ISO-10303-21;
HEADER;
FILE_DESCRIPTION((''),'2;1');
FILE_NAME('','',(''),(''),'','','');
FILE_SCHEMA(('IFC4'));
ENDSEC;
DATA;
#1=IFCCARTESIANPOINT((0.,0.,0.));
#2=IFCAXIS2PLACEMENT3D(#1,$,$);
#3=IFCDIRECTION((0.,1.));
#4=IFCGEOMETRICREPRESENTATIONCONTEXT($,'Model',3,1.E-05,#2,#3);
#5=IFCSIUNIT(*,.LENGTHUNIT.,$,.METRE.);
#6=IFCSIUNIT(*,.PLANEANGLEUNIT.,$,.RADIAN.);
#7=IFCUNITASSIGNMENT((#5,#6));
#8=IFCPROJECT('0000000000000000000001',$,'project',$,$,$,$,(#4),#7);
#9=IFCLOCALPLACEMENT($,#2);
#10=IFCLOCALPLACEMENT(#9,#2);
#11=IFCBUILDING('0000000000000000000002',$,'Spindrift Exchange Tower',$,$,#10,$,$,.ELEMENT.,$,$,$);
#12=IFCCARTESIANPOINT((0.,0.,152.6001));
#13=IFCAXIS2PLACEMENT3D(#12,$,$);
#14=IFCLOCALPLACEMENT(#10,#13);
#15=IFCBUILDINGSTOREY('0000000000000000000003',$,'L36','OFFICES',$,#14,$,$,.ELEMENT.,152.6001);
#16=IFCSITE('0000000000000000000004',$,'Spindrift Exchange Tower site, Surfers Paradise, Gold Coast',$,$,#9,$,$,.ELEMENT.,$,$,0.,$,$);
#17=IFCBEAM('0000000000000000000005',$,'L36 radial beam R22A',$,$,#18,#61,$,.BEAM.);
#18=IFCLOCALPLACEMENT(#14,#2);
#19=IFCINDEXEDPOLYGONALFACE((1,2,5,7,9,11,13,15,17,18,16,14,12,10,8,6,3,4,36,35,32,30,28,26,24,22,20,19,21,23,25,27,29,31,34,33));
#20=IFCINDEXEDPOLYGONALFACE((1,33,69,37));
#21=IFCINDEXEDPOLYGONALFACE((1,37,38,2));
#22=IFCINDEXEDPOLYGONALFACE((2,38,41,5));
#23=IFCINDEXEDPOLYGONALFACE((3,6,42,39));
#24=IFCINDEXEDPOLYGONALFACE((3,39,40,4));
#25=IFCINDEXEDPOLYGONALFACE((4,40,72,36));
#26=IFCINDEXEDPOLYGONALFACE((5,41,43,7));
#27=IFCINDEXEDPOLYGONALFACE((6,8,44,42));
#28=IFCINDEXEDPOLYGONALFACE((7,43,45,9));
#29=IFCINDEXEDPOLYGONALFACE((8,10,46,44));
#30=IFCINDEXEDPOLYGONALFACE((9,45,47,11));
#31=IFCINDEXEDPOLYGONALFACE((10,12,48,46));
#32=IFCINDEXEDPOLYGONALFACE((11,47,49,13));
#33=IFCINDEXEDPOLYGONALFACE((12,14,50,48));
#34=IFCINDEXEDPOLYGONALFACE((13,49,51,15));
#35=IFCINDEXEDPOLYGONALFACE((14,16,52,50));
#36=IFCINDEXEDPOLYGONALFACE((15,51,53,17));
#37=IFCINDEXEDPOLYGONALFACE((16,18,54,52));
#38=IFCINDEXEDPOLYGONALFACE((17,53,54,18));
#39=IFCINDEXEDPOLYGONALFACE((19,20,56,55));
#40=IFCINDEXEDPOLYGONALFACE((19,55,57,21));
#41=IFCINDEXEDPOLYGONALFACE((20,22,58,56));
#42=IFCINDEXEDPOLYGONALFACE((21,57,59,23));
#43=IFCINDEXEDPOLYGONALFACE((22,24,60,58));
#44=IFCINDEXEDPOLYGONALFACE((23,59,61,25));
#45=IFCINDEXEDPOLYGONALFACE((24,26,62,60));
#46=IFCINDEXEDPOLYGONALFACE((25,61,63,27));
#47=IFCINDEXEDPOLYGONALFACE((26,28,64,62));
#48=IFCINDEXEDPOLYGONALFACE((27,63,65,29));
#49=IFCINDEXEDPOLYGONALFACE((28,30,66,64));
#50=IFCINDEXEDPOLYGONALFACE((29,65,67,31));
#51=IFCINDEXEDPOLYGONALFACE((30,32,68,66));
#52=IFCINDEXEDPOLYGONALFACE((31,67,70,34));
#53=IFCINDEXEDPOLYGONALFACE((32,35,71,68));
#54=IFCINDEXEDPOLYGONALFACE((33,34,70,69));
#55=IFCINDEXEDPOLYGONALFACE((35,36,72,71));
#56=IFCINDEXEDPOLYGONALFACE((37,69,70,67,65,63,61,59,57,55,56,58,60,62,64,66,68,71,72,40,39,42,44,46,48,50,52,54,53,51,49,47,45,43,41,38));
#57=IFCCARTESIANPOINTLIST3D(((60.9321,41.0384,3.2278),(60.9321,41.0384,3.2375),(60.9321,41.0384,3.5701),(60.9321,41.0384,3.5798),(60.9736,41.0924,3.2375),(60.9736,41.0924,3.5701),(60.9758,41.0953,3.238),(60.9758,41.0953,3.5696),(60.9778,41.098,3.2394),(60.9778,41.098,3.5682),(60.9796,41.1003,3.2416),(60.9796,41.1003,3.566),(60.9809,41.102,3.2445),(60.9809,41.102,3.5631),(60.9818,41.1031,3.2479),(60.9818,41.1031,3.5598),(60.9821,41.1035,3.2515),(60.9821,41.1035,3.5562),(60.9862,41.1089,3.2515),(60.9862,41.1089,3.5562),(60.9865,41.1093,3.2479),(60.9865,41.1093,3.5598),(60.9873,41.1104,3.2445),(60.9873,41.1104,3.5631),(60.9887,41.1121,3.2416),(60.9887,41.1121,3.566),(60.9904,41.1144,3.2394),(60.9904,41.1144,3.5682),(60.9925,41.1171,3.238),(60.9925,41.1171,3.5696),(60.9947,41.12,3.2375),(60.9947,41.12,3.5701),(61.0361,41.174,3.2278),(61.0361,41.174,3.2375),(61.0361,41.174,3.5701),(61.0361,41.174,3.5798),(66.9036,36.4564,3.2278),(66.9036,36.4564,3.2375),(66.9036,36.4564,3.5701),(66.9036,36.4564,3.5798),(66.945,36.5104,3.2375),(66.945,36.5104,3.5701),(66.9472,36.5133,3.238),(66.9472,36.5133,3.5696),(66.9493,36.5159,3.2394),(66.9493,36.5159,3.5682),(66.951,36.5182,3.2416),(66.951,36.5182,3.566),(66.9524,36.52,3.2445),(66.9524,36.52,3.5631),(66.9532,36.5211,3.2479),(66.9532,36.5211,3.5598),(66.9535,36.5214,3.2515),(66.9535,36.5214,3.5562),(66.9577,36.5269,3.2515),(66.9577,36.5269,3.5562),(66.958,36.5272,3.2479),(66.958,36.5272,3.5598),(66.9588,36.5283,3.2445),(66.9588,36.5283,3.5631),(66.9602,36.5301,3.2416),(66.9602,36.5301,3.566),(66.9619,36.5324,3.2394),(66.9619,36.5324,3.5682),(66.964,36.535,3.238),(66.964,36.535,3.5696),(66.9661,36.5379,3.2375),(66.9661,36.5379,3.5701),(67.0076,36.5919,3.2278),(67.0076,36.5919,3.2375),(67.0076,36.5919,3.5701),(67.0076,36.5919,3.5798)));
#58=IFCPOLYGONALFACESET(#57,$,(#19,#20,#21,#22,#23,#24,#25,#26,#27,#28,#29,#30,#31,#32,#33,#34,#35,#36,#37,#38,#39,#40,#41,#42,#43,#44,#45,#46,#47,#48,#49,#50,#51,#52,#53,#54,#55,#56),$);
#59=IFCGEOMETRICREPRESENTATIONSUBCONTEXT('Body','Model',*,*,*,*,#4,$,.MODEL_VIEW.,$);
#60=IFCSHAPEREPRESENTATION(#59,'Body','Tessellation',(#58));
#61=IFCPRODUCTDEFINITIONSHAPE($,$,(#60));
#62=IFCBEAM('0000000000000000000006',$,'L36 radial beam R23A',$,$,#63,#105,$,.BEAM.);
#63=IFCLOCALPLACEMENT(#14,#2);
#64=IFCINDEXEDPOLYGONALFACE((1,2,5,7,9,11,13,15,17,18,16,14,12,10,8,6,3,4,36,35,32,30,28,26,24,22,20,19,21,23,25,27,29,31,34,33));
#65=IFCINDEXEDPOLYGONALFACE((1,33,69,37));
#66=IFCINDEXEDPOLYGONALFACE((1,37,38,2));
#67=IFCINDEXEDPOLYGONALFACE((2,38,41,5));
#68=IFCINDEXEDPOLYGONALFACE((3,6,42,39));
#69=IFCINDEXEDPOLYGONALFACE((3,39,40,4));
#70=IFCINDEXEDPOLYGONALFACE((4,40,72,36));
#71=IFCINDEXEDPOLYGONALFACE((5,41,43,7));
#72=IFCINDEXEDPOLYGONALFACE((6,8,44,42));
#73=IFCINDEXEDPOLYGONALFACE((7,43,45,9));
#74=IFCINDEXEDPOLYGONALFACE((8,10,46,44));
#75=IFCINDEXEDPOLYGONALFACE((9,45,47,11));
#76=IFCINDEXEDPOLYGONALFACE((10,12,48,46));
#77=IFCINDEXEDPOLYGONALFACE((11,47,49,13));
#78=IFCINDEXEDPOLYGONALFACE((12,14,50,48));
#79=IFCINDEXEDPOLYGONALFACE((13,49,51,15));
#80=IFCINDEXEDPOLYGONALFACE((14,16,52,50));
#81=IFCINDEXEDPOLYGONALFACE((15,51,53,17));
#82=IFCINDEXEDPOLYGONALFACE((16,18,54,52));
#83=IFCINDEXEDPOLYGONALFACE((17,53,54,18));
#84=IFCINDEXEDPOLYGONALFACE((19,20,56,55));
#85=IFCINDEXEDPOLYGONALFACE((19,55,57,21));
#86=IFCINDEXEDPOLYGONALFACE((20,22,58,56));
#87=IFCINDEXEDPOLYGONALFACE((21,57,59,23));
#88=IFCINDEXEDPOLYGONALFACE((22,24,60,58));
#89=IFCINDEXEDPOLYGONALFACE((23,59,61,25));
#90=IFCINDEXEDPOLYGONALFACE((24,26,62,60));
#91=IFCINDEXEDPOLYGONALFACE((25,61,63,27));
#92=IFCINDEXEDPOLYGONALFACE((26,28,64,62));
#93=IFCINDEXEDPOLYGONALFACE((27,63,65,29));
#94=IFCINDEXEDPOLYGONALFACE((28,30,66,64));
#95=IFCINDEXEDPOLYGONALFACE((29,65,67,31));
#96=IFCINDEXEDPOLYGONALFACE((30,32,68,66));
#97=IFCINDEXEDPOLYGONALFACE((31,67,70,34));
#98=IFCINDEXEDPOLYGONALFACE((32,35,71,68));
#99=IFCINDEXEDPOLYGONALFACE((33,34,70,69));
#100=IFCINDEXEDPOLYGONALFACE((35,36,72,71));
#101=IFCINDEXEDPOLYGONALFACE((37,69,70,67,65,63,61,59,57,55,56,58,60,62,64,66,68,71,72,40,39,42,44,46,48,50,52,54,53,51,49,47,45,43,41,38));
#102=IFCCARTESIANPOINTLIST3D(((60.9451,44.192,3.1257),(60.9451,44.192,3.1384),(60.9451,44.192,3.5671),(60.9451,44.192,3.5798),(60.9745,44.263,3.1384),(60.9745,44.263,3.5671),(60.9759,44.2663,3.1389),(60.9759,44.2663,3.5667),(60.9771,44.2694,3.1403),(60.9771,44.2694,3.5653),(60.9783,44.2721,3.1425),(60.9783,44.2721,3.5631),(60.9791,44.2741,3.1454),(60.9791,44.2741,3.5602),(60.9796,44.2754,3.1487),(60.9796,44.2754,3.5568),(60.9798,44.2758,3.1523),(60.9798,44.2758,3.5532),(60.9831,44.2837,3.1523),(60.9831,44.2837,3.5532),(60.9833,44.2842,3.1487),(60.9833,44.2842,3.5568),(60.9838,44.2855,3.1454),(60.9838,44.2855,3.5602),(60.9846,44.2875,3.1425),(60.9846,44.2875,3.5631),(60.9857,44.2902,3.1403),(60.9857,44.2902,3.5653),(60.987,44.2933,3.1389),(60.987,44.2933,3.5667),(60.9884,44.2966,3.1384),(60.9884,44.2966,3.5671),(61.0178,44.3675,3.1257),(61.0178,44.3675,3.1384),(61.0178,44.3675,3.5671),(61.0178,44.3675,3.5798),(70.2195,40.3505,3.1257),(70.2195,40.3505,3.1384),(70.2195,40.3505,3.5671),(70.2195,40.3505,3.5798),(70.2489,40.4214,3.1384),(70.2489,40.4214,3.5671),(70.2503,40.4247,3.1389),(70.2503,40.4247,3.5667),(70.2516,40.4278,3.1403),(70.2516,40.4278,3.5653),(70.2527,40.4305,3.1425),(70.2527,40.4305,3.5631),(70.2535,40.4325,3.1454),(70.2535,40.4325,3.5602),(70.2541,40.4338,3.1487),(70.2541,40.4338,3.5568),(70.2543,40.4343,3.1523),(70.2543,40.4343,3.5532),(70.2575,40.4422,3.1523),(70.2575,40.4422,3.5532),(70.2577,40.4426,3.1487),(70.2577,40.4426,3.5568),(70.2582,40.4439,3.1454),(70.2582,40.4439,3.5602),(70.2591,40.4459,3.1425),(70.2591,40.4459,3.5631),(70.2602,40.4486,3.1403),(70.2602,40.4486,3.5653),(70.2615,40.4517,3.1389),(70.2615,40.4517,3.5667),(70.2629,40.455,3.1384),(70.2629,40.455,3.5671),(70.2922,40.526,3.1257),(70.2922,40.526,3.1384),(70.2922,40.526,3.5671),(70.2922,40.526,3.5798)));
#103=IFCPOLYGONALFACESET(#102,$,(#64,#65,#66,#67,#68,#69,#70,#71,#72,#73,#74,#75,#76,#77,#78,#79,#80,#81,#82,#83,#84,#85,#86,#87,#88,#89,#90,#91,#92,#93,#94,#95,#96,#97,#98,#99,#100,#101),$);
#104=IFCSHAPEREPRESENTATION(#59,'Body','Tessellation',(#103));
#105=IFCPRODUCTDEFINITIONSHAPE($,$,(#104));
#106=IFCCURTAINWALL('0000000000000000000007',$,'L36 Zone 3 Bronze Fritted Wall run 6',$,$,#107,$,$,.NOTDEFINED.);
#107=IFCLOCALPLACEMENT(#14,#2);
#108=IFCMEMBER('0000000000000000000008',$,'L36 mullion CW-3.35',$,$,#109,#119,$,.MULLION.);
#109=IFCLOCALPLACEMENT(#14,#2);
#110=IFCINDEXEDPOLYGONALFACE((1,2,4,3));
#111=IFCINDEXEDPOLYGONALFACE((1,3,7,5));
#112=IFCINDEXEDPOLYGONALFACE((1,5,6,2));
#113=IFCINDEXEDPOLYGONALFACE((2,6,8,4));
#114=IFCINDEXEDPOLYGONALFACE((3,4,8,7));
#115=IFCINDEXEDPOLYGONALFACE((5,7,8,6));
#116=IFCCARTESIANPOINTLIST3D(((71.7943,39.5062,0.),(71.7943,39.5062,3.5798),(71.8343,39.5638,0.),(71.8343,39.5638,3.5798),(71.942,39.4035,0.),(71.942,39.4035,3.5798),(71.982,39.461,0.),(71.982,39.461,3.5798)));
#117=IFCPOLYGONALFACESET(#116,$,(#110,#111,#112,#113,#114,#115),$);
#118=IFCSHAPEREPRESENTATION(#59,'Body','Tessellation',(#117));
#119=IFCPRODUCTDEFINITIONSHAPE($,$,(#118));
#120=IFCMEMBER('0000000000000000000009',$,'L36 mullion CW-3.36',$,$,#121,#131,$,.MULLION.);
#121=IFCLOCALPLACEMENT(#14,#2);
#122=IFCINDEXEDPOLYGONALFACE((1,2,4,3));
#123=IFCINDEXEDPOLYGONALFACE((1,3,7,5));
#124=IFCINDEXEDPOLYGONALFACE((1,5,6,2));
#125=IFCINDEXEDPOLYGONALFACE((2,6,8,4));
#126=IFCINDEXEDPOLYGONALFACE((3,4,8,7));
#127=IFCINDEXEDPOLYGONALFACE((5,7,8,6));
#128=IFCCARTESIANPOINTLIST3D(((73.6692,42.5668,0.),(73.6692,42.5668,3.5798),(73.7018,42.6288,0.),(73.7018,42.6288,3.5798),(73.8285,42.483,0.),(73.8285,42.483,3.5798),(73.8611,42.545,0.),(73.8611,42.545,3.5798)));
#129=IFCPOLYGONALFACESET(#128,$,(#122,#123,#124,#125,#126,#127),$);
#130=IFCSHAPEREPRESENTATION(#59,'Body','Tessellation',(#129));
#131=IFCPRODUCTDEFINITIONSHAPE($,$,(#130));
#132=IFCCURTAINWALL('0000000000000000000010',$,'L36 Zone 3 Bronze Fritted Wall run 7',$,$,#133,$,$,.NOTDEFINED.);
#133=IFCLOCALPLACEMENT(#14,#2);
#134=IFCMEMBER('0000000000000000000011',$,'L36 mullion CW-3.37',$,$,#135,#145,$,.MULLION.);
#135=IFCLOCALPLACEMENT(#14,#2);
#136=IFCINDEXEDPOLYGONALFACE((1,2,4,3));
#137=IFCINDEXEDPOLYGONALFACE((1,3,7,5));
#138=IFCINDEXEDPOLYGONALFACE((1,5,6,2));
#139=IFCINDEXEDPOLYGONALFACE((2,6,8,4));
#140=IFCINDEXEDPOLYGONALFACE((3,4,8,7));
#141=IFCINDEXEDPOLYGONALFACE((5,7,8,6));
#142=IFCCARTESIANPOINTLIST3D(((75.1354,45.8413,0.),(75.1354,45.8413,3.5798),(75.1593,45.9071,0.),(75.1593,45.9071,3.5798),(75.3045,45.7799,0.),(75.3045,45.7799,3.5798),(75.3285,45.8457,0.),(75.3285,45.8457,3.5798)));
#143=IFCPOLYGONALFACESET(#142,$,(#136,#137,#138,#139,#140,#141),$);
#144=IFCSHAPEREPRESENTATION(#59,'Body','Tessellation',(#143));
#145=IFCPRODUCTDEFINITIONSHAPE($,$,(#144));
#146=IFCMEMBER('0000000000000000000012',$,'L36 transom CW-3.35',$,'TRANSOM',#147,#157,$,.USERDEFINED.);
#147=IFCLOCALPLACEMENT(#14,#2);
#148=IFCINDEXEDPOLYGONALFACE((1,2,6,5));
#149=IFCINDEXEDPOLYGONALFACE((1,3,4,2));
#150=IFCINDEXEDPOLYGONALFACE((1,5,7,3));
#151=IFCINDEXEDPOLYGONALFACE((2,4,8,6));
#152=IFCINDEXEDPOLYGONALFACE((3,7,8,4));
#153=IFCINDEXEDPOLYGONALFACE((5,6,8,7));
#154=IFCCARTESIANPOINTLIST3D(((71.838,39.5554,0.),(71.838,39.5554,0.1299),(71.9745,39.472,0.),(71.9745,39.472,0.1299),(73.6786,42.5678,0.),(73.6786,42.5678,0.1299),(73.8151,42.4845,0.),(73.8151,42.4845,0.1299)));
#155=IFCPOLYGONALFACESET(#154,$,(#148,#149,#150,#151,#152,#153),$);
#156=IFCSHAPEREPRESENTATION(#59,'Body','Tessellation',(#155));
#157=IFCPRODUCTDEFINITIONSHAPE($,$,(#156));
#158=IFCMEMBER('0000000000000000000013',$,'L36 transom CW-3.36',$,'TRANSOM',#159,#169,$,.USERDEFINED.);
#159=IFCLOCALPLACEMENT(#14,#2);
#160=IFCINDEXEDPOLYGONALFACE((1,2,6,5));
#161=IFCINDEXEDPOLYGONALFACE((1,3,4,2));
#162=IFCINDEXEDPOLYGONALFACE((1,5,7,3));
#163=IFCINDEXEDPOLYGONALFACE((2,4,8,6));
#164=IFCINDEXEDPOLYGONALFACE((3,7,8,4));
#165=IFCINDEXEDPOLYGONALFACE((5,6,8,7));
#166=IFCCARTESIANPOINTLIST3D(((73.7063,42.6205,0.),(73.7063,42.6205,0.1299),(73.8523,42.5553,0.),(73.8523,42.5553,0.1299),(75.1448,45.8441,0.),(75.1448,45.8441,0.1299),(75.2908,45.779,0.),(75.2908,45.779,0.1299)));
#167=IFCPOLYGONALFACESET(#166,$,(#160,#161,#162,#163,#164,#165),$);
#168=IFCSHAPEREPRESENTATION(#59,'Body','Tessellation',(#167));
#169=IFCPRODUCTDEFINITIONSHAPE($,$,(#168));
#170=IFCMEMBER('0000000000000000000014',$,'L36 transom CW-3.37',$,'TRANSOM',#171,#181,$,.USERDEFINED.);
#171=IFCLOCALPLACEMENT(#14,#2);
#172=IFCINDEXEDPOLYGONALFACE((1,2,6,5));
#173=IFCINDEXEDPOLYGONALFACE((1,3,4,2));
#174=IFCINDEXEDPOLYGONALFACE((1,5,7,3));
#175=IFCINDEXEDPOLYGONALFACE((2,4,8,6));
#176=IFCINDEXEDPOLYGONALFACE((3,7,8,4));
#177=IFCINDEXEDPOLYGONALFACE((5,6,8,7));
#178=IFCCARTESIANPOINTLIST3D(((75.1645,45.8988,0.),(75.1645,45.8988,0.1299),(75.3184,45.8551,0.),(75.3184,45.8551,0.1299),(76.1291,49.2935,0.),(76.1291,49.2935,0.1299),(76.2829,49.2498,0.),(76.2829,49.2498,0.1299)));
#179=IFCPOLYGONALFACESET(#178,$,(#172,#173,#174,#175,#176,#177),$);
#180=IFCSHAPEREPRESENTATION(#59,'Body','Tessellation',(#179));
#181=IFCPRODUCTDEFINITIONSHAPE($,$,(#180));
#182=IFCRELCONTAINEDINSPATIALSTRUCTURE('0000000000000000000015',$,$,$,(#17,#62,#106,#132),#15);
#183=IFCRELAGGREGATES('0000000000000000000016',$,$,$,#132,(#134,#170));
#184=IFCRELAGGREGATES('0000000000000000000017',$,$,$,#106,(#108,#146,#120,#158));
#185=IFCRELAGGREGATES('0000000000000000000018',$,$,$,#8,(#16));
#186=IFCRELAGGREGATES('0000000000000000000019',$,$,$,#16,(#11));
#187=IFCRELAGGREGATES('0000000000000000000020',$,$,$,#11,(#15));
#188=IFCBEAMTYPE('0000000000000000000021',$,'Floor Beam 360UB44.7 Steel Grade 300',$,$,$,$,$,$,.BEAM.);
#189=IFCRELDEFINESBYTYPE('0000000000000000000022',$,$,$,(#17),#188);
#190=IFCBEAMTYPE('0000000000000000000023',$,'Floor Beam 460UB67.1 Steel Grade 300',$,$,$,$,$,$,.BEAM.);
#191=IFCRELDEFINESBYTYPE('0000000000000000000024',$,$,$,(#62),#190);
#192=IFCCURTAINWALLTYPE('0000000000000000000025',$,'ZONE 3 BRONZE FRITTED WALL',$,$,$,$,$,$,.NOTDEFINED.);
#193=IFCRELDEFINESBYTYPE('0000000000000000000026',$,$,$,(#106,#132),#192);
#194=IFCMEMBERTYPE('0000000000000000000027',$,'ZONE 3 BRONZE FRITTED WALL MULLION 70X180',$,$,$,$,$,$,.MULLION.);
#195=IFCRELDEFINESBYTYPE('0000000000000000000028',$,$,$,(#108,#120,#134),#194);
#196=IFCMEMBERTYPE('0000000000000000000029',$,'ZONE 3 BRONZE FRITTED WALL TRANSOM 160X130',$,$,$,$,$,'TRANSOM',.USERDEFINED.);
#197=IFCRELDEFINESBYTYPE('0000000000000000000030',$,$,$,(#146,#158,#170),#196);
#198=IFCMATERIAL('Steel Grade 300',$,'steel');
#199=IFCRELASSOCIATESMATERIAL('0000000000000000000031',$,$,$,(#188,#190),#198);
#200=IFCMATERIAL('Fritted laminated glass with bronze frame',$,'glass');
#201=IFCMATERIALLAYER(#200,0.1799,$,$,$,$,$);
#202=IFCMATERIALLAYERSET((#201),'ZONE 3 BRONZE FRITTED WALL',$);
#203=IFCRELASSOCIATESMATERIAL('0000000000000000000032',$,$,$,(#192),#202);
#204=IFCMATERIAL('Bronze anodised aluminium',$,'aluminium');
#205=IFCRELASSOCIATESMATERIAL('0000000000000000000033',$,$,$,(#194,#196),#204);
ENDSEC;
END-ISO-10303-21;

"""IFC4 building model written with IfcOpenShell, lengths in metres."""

from ifc_helpers import new_model, si_unit, direction, frame, origin, origin_2d, place, context, subcontext, project, spatial, rectangle, i_section, extrude, source, transform, mapped, material, layer, layer_set, material_profile, profile_set, type_object, element, aggregate, save


model = new_model("IFC4")

# Units and contexts
model_context = context("Model", 3, precision=1e-05, world=origin(), true_north=direction((0.0, 1.0)))
body_context = subcontext(model_context, "Body", "Model", "MODEL_VIEW")
ifc_project = project(units=[si_unit("LENGTHUNIT", "METRE"), si_unit("PLANEANGLEUNIT", "RADIAN")], contexts=[model_context])

# Site, building, storey
site_placement = place(None, origin())
site = spatial("IfcSite", under=ifc_project, at=site_placement, Name="Spindrift Exchange Tower site, Surfers Paradise, Gold Coast", CompositionType="ELEMENT", RefElevation=0.0)
building_placement = place(site_placement, origin())
building = spatial("IfcBuilding", under=site, at=building_placement, Name="Spindrift Exchange Tower", CompositionType="ELEMENT")
storey_placement = place(building_placement, frame((0.0, 0.0, 152.6001)))
storey = spatial("IfcBuildingStorey", under=building, at=storey_placement, Name="L36", Description="OFFICES", CompositionType="ELEMENT", Elevation=152.6001)

# Beams
ifc_material_1 = material(Name="Steel Grade 300", Category="steel")
ifc_material_profile_1 = material_profile(ifc_material_1, i_section(OverallWidth=0.1709, OverallDepth=0.3521, WebThickness=0.0068, FlangeThickness=0.0098, FilletRadius=0.0139, at=origin_2d()), Name="360UB44.7")
ifc_profile_set_1 = profile_set([ifc_material_profile_1], Name="Steel Grade 300")
beam_type_1 = type_object("IfcBeamType", Name="Floor Beam 360UB44.7 Steel Grade 300", PredefinedType="BEAM", material=ifc_profile_set_1)
shared_shape_1 = source(origin(), body_context, "Body", "SweptSolid", [
    extrude(i_section(OverallWidth=0.1709, OverallDepth=0.3521, WebThickness=0.0068, FlangeThickness=0.0098, FilletRadius=0.0139, at=origin_2d()), origin(), (0.0, 0.0, 1.0), 7.5269),
])
beam_1_placement = place(storey_placement, frame((60.9841, 41.1062, 3.4038), z_axis=(0.793354, -0.60876, 0.0), x_axis=(0.60876, 0.793354, 0.0)))
element("IfcBeam", 1, at=beam_1_placement, inside=storey, type_object=beam_type_1, Name="L36 radial beam R22A", PredefinedType="BEAM", context=body_context, shape_type="MappedRepresentation", body=[
    mapped(shared_shape_1, transform((0.0, 0.0, 0.0), scale=1.0)),
])
ifc_material_profile_2 = material_profile(ifc_material_1, i_section(OverallWidth=0.1899, OverallDepth=0.4541, WebThickness=0.0085, FlangeThickness=0.0127, FilletRadius=0.0139, at=origin_2d()), Name="460UB67.1")
ifc_profile_set_2 = profile_set([ifc_material_profile_2], Name="Steel Grade 300")
beam_type_2 = type_object("IfcBeamType", Name="Floor Beam 460UB67.1 Steel Grade 300", PredefinedType="BEAM", material=ifc_profile_set_2)
shared_shape_2 = source(origin(), body_context, "Body", "SweptSolid", [
    extrude(i_section(OverallWidth=0.1899, OverallDepth=0.4541, WebThickness=0.0085, FlangeThickness=0.0127, FilletRadius=0.0139, at=origin_2d()), origin(), (0.0, 0.0, 1.0), 10.0386),
])
beam_2_placement = place(storey_placement, frame((60.9814, 44.2798, 3.3528), z_axis=(0.923881, -0.38268, 0.0), x_axis=(0.38268, 0.923881, 0.0)))
element("IfcBeam", 2, at=beam_2_placement, inside=storey, type_object=beam_type_2, Name="L36 radial beam R23A", PredefinedType="BEAM", context=body_context, shape_type="MappedRepresentation", body=[
    mapped(shared_shape_2, transform((0.0, 0.0, 0.0), scale=1.0)),
])

# Curtain wall, members
ifc_material_2 = material(Name="Fritted laminated glass with bronze frame", Category="glass")
ifc_layer_1 = layer(ifc_material_2, 0.1799)
ifc_layer_set_1 = layer_set([ifc_layer_1], Name="ZONE 3 BRONZE FRITTED WALL")
curtain_wall_type = type_object("IfcCurtainWallType", Name="ZONE 3 BRONZE FRITTED WALL", PredefinedType="NOTDEFINED", material=ifc_layer_set_1)
curtain_wall_1_placement = place(storey_placement, origin())
curtain_wall_1 = element("IfcCurtainWall", 3, at=curtain_wall_1_placement, inside=storey, type_object=curtain_wall_type, Name="L36 Zone 3 Bronze Fritted Wall run 6", PredefinedType="NOTDEFINED")
ifc_material_3 = material(Name="Bronze anodised aluminium", Category="aluminium")
ifc_material_profile_3 = material_profile(ifc_material_3, rectangle(XDim=0.0701, YDim=0.1799, at=origin_2d()), Name="ZONE 3 BRONZE FRITTED WALL MULLION 70X180")
ifc_profile_set_3 = profile_set([ifc_material_profile_3], Name="Bronze anodised aluminium")
member_type_1 = type_object("IfcMemberType", Name="ZONE 3 BRONZE FRITTED WALL MULLION 70X180", PredefinedType="MULLION", material=ifc_profile_set_3)
shared_shape_3 = source(origin(), body_context, "Body", "SweptSolid", [
    extrude(rectangle(XDim=0.0701, YDim=0.1799, at=origin_2d()), origin(), (0.0, 0.0, 1.0), 3.5798),
])
member_1_placement = place(storey_placement, frame((71.8882, 39.4836, 0.0), z_axis=(0.0, 0.0, 1.0), x_axis=(0.5709, 0.821019, 0.0)))
member_1 = element("IfcMember", 4, at=member_1_placement, type_object=member_type_1, Name="L36 mullion CW-3.35", PredefinedType="MULLION", context=body_context, shape_type="MappedRepresentation", body=[
    mapped(shared_shape_3, transform((0.0, 0.0, 0.0), scale=1.0)),
])
member_2_placement = place(storey_placement, frame((73.7651, 42.5559, 0.0), z_axis=(0.0, 0.0, 1.0), x_axis=(0.465382, 0.88511, 0.0)))
member_2 = element("IfcMember", 5, at=member_2_placement, type_object=member_type_1, Name="L36 mullion CW-3.36", PredefinedType="MULLION", context=body_context, shape_type="MappedRepresentation", body=[
    mapped(shared_shape_3, transform((0.0, 0.0, 0.0), scale=1.0)),
])

# Curtain wall, member
curtain_wall_2_placement = place(storey_placement, origin())
curtain_wall_2 = element("IfcCurtainWall", 6, at=curtain_wall_2_placement, inside=storey, type_object=curtain_wall_type, Name="L36 Zone 3 Bronze Fritted Wall run 7", PredefinedType="NOTDEFINED")
member_3_placement = place(storey_placement, frame((75.2319, 45.8435, 0.0), z_axis=(0.0, 0.0, 1.0), x_axis=(0.341274, 0.939964, 0.0)))
member_3 = element("IfcMember", 7, at=member_3_placement, type_object=member_type_1, Name="L36 mullion CW-3.37", PredefinedType="MULLION", context=body_context, shape_type="MappedRepresentation", body=[
    mapped(shared_shape_3, transform((0.0, 0.0, 0.0), scale=1.0)),
])

# Members
ifc_material_profile_4 = material_profile(ifc_material_3, rectangle(XDim=0.1599, YDim=0.1299, at=origin_2d()), Name="ZONE 3 BRONZE FRITTED WALL TRANSOM 160X130")
ifc_profile_set_4 = profile_set([ifc_material_profile_4], Name="Bronze anodised aluminium")
member_type_2 = type_object("IfcMemberType", Name="ZONE 3 BRONZE FRITTED WALL TRANSOM 160X130", ElementType="TRANSOM", PredefinedType="USERDEFINED", material=ifc_profile_set_4)
shared_shape_4 = source(origin(), body_context, "Body", "SweptSolid", [
    extrude(rectangle(XDim=0.1599, YDim=0.1299, at=origin_2d()), origin(), (0.0, 0.0, 1.0), 3.5303),
])
member_4_placement = place(storey_placement, frame((71.9062, 39.5137, 0.0649), z_axis=(0.521374, 0.853328, 0.0), x_axis=(-0.853328, 0.521374, 0.0)))
member_4 = element("IfcMember", 8, at=member_4_placement, type_object=member_type_2, Name="L36 transom CW-3.35", ObjectType="TRANSOM", PredefinedType="USERDEFINED", context=body_context, shape_type="MappedRepresentation", body=[
    mapped(shared_shape_4, transform((0.0, 0.0, 0.0), scale=1.0)),
])
shared_shape_5 = source(origin(), body_context, "Body", "SweptSolid", [
    extrude(rectangle(XDim=0.1599, YDim=0.1299, at=origin_2d()), origin(), (0.0, 0.0, 1.0), 3.53),
])
member_5_placement = place(storey_placement, frame((73.7793, 42.5879, 0.0649), z_axis=(0.407498, 0.913206, 0.0), x_axis=(-0.913206, 0.407498, 0.0)))
member_5 = element("IfcMember", 9, at=member_5_placement, type_object=member_type_2, Name="L36 transom CW-3.36", ObjectType="TRANSOM", PredefinedType="USERDEFINED", context=body_context, shape_type="MappedRepresentation", body=[
    mapped(shared_shape_5, transform((0.0, 0.0, 0.0), scale=1.0)),
])
shared_shape_6 = source(origin(), body_context, "Body", "SweptSolid", [
    extrude(rectangle(XDim=0.1599, YDim=0.1299, at=origin_2d()), origin(), (0.0, 0.0, 1.0), 3.5291),
])
member_6_placement = place(storey_placement, frame((75.2415, 45.877, 0.0649), z_axis=(0.273323, 0.961922, 0.0), x_axis=(-0.961922, 0.273323, 0.0)))
member_6 = element("IfcMember", 10, at=member_6_placement, type_object=member_type_2, Name="L36 transom CW-3.37", ObjectType="TRANSOM", PredefinedType="USERDEFINED", context=body_context, shape_type="MappedRepresentation", body=[
    mapped(shared_shape_6, transform((0.0, 0.0, 0.0), scale=1.0)),
])
aggregate(curtain_wall_2, [member_3, member_6])

aggregate(curtain_wall_1, [member_1, member_4, member_2, member_5])

save(model, "model.ifc")
